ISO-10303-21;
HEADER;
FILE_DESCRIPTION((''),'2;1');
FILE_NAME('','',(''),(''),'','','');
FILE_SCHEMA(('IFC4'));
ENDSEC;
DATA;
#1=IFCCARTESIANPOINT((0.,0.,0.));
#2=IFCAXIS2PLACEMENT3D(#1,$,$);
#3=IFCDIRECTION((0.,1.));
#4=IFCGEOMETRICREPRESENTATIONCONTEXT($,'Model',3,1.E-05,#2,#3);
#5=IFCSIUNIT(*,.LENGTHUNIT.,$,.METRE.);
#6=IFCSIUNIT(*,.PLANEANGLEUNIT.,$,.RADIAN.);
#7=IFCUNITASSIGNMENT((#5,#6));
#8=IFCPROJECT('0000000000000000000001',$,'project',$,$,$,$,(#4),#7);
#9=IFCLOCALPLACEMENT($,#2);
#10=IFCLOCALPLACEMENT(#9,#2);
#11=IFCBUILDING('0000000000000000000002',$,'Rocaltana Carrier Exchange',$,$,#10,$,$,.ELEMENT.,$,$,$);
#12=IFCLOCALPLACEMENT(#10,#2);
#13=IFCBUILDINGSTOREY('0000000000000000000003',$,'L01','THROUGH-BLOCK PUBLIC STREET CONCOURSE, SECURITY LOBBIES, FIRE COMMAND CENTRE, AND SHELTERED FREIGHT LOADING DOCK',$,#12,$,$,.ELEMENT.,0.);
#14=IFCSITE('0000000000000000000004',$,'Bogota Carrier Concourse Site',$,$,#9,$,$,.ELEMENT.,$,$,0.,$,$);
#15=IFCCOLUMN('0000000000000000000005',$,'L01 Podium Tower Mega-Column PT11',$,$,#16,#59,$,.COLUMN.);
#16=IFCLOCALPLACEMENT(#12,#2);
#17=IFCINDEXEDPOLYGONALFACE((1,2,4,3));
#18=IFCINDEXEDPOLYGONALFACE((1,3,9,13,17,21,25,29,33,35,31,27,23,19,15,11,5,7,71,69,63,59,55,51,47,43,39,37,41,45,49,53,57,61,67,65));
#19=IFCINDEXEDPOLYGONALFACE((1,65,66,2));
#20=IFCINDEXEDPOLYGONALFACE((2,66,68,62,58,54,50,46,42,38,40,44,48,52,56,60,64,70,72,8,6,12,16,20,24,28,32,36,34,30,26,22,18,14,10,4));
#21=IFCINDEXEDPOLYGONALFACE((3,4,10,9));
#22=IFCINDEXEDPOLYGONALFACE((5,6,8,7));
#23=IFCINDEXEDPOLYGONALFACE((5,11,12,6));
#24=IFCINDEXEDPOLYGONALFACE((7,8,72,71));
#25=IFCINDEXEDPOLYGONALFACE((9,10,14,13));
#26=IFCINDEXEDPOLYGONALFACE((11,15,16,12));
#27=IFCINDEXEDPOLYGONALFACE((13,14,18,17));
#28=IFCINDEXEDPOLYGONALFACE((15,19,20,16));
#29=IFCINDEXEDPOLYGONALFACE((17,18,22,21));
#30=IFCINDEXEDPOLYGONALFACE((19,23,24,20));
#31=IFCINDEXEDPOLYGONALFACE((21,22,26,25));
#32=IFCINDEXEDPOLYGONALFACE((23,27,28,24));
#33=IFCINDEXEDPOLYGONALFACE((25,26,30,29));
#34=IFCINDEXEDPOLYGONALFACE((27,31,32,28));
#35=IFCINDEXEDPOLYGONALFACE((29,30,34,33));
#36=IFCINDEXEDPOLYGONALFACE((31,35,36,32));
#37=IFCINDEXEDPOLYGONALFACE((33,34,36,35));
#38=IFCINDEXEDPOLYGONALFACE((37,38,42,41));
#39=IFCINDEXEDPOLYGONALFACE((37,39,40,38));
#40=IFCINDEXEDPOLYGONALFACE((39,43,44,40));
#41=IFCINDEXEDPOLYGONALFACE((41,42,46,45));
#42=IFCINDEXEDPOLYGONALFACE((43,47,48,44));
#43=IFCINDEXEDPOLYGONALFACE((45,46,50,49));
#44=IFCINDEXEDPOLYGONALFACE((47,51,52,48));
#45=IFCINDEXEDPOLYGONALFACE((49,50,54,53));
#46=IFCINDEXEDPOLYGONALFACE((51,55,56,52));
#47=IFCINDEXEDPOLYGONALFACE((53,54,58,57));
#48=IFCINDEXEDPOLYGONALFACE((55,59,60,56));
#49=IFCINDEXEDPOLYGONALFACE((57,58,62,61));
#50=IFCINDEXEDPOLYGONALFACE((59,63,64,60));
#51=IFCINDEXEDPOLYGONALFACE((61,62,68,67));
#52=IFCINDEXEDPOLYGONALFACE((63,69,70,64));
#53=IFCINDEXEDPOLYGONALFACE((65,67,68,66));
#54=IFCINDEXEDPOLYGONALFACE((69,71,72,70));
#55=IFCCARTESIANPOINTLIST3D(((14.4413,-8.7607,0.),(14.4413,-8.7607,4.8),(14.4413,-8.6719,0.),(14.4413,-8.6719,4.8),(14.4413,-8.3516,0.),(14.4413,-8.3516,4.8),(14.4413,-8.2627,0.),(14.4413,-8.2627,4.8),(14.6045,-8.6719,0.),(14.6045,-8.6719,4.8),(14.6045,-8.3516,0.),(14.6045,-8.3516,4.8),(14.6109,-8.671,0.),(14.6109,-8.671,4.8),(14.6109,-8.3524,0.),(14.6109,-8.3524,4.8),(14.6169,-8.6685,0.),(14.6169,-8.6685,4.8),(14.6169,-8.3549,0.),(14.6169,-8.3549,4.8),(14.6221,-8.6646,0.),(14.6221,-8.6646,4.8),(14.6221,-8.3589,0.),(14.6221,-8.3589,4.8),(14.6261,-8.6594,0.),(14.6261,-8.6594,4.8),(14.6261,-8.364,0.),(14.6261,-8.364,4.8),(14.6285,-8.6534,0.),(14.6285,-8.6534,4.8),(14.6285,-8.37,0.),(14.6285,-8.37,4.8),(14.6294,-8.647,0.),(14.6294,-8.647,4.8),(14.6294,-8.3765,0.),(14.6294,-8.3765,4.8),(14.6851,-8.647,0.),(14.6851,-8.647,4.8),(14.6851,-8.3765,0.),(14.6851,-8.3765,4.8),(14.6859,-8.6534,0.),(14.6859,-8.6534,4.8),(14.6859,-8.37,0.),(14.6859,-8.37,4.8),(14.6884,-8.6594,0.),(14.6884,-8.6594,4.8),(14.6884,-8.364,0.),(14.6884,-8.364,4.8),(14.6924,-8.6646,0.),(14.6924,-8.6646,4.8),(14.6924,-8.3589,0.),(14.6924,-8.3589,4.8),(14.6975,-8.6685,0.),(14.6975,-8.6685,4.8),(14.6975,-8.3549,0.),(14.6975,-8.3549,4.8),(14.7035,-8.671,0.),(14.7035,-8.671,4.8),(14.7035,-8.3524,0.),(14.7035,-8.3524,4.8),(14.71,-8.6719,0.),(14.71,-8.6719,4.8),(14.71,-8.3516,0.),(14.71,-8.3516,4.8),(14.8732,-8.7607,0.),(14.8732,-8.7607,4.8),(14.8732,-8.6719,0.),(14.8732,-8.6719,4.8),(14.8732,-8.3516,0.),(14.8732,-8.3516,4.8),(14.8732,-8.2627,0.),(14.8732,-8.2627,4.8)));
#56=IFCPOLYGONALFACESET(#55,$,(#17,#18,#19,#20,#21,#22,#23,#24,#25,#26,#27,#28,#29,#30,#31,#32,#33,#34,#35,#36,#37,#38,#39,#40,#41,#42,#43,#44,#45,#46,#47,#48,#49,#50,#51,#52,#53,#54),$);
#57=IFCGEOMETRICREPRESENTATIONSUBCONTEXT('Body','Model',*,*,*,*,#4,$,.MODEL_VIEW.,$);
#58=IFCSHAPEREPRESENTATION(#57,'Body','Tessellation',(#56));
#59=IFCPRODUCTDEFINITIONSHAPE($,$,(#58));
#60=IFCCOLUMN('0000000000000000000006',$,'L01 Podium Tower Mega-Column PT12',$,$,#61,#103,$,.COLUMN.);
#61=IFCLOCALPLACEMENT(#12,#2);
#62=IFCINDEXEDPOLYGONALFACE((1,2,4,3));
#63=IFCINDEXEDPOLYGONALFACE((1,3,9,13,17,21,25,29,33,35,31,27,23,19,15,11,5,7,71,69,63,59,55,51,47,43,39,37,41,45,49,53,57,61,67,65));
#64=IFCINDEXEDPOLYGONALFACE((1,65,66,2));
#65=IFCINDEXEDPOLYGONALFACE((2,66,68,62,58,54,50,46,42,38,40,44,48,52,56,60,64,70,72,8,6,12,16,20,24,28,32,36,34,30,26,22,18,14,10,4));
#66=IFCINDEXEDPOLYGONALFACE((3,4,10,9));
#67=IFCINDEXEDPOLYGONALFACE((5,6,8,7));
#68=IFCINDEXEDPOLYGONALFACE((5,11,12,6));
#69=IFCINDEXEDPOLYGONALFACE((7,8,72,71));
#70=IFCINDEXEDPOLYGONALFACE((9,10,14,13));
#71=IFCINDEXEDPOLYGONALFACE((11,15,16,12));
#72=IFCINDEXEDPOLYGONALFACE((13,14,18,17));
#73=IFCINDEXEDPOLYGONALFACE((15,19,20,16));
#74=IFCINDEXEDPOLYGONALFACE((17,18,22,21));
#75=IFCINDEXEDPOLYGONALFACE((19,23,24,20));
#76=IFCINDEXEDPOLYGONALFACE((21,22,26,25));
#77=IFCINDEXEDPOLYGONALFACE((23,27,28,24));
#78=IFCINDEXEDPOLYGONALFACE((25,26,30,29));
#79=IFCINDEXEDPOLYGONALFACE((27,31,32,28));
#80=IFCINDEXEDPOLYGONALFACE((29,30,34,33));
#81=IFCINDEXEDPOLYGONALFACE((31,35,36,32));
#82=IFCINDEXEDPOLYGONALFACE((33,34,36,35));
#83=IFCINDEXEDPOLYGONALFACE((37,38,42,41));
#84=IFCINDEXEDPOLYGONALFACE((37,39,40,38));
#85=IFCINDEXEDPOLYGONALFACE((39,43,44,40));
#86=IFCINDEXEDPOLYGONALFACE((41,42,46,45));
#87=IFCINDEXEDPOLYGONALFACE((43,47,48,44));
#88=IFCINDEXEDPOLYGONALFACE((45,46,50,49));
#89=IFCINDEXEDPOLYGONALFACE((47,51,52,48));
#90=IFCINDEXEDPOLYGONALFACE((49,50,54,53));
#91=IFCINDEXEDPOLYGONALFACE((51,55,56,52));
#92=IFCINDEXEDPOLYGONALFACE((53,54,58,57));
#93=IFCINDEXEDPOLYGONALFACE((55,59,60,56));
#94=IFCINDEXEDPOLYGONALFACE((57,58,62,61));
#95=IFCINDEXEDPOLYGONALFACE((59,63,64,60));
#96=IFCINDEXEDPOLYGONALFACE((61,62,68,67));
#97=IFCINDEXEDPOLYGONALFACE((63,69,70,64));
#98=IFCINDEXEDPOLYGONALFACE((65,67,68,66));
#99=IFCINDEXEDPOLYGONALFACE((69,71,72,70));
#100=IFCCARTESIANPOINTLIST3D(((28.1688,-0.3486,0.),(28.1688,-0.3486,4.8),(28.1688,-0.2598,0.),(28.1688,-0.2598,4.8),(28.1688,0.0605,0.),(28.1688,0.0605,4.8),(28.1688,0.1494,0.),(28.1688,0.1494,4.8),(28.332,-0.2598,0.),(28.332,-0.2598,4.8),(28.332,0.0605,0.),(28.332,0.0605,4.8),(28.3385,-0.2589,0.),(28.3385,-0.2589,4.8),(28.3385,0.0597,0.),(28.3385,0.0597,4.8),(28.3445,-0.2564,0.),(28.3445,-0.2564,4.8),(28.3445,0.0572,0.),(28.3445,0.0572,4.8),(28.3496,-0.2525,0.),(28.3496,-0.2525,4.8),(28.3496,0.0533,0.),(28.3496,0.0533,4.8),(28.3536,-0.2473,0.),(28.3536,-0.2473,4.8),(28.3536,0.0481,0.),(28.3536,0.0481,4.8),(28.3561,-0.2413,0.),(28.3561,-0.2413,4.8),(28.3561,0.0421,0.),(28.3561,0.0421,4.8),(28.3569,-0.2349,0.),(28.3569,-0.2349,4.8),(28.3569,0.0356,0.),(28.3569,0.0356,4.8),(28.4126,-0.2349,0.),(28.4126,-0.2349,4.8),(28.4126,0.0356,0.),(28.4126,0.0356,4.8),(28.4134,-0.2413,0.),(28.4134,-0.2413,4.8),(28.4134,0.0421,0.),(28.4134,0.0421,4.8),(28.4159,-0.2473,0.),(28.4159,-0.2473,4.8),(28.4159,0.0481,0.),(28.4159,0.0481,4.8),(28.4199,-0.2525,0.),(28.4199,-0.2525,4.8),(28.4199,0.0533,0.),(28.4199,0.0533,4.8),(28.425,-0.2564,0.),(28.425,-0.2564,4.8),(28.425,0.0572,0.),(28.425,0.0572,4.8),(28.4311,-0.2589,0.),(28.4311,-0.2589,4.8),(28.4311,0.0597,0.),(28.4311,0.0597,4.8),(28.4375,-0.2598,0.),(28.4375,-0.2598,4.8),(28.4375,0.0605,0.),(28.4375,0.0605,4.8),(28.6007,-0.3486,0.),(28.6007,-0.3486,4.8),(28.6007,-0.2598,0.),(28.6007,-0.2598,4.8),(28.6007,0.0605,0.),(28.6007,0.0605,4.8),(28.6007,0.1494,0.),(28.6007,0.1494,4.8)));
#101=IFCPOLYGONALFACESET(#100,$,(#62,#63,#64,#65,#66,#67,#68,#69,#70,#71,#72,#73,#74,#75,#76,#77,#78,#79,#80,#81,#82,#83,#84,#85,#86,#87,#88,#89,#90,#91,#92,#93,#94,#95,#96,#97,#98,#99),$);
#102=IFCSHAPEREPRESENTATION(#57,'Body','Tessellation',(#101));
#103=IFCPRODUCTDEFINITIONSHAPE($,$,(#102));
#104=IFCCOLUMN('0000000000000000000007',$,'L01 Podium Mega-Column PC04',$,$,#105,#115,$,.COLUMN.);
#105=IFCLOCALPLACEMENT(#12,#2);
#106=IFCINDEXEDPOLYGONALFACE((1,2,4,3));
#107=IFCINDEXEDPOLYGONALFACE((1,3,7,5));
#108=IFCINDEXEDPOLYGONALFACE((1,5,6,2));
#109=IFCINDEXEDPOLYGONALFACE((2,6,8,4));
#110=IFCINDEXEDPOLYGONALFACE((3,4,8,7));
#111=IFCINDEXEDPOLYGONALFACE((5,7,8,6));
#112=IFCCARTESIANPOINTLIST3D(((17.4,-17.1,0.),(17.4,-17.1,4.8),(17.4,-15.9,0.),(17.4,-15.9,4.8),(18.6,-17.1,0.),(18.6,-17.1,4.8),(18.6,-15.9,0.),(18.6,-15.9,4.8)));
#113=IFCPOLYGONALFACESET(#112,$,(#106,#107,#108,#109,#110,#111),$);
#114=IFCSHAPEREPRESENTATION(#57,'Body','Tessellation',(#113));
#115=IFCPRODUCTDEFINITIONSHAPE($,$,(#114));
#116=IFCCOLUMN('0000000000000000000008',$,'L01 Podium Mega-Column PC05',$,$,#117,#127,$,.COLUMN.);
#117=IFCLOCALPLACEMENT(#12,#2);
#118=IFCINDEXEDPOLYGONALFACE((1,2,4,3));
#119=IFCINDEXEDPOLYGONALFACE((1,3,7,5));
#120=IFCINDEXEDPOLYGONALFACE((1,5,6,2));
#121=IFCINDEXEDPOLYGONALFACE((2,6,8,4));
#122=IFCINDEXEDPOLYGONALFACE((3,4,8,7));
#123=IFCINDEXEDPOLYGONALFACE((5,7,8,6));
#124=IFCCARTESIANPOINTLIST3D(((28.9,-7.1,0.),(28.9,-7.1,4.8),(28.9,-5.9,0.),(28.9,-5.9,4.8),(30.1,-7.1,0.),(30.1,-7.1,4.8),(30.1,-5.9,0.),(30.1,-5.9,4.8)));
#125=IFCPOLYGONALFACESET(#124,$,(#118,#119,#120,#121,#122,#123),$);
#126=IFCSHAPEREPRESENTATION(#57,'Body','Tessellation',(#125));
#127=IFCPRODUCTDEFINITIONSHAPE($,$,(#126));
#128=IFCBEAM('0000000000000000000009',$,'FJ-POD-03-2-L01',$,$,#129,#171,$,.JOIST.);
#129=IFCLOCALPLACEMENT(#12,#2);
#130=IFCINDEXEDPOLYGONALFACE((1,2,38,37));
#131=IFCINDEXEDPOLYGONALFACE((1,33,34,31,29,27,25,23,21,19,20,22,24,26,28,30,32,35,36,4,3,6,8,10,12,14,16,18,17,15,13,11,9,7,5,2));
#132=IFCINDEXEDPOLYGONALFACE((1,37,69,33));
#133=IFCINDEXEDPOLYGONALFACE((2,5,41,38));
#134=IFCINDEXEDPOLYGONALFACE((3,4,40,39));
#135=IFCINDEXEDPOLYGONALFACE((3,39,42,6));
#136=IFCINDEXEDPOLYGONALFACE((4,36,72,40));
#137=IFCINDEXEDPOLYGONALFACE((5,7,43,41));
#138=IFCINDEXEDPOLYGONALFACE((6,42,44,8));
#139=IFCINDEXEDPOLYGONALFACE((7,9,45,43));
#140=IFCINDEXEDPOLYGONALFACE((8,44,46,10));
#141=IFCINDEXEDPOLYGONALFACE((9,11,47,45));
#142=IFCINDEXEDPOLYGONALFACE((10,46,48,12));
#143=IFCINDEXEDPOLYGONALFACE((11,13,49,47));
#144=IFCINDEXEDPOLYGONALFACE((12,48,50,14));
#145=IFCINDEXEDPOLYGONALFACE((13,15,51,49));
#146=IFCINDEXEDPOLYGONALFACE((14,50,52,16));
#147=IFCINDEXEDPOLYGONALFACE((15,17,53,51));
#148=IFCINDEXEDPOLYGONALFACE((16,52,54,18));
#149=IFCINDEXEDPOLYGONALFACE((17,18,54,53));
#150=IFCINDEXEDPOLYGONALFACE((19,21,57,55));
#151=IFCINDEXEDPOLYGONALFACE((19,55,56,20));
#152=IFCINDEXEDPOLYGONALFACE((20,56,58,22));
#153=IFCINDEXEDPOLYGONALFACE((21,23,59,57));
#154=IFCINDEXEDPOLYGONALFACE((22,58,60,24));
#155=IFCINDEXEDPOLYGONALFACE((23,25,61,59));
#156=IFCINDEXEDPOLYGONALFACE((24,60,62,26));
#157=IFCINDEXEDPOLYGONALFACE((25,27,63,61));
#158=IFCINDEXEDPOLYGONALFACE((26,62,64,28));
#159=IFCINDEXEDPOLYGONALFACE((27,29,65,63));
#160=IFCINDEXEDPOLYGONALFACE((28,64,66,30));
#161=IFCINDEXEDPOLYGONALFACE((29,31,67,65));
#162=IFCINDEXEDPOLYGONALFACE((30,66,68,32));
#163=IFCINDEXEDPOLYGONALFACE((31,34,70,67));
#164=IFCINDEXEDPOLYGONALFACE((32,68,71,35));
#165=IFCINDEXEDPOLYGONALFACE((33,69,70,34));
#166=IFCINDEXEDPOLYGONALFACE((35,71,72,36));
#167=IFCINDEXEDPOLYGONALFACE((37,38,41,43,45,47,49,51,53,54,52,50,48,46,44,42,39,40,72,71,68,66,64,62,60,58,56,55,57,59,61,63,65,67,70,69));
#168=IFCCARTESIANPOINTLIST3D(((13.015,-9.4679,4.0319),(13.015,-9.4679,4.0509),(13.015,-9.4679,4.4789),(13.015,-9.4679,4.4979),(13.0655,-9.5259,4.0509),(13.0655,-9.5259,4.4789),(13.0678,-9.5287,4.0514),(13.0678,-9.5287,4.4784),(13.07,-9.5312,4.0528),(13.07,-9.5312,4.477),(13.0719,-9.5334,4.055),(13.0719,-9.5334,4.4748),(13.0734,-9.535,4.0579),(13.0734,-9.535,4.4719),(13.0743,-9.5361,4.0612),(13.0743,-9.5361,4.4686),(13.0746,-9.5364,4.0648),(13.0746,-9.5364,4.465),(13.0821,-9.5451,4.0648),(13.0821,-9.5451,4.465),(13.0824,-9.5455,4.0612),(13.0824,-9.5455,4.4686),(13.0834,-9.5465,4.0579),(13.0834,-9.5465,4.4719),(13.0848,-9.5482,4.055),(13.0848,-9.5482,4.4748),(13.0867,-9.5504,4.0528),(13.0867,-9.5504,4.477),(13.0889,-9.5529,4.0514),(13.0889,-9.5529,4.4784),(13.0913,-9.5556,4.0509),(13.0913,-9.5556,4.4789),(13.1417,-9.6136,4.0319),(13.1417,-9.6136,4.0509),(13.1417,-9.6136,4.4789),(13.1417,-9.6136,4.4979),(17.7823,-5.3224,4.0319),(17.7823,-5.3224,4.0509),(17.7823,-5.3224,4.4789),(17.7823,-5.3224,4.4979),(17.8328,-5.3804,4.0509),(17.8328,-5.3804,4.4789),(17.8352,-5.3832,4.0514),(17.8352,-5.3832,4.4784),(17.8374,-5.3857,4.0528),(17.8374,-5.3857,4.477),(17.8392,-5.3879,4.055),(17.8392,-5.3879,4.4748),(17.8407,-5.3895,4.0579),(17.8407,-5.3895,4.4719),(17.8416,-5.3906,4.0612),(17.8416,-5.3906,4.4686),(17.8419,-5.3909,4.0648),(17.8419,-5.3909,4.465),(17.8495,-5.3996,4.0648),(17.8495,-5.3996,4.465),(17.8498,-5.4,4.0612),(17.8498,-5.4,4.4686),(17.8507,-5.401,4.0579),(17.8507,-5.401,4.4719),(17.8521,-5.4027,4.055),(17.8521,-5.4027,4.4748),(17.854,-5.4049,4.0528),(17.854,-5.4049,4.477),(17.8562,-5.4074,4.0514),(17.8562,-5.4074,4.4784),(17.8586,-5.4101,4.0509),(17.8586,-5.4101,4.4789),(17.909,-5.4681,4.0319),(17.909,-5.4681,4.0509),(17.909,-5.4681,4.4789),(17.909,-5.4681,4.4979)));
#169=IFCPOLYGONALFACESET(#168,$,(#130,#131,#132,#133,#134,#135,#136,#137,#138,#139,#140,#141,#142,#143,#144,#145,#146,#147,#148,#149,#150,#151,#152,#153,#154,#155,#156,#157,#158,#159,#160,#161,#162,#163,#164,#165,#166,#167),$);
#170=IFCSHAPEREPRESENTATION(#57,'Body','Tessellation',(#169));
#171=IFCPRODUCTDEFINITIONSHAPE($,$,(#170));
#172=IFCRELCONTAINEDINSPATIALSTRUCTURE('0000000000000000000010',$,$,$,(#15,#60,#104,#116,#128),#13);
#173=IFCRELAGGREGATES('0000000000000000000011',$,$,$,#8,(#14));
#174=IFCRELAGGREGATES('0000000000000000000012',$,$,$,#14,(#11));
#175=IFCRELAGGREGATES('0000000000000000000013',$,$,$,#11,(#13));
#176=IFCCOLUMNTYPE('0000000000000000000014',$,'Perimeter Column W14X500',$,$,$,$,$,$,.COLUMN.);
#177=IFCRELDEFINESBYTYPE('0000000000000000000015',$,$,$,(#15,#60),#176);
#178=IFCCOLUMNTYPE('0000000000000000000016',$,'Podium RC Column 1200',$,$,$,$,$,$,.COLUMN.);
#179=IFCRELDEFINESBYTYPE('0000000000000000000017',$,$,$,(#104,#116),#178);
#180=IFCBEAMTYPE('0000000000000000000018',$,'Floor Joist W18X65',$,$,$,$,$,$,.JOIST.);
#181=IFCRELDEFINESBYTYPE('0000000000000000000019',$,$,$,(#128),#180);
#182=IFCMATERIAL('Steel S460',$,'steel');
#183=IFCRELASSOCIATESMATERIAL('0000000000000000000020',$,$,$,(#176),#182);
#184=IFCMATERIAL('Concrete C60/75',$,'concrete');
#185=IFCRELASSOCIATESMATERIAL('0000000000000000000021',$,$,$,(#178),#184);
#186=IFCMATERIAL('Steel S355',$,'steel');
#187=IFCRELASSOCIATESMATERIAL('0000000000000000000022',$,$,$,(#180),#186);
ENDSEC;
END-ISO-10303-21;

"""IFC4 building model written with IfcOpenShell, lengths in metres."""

from ifc_helpers import new_model, si_unit, direction, frame, origin, origin_2d, place, context, subcontext, project, spatial, rectangle, i_section, extrude, material, material_profile, profile_set, type_object, element, save


model = new_model("IFC4")

# Units and contexts
model_context = context("Model", 3, precision=1e-05, world=origin(), true_north=direction((0.0, 1.0)))
body_context = subcontext(model_context, "Body", "Model", "MODEL_VIEW")
ifc_project = project(units=[si_unit("LENGTHUNIT", "METRE"), si_unit("PLANEANGLEUNIT", "RADIAN")], contexts=[model_context])

# Site, building, storey
site_placement = place(None, origin())
site = spatial("IfcSite", under=ifc_project, at=site_placement, Name="Bogota Carrier Concourse Site", CompositionType="ELEMENT", RefElevation=0.0)
building_placement = place(site_placement, origin())
building = spatial("IfcBuilding", under=site, at=building_placement, Name="Rocaltana Carrier Exchange", CompositionType="ELEMENT")
storey_placement = place(building_placement, origin())
storey = spatial("IfcBuildingStorey", under=building, at=storey_placement, Name="L01", Description="THROUGH-BLOCK PUBLIC STREET CONCOURSE, SECURITY LOBBIES, FIRE COMMAND CENTRE, AND SHELTERED FREIGHT LOADING DOCK", CompositionType="ELEMENT", Elevation=0.0)

# Columns
ifc_material_1 = material(Name="Steel S460", Category="steel")
ifc_material_profile_1 = material_profile(ifc_material_1, i_section(OverallWidth=0.4319, OverallDepth=0.498, WebThickness=0.0557, FlangeThickness=0.0889, FilletRadius=0.0249, at=origin_2d()), Name="W14X500")
ifc_profile_set_1 = profile_set([ifc_material_profile_1], Name="Steel S460")
column_type_1 = type_object("IfcColumnType", Name="Perimeter Column W14X500", PredefinedType="COLUMN", material=ifc_profile_set_1)
for number, where, z_axis, x_axis, name in (
    (1, (14.6572, -8.5117, 0.0), (0.0, 0.0, 1.0), (1.0, 0.0, 0.0), "L01 Podium Tower Mega-Column PT11"),
    (2, (28.3848, -0.0996, 0.0), (0.0, 0.0, 1.0), (1.0, 0.0, 0.0), "L01 Podium Tower Mega-Column PT12"),
):
    element("IfcColumn", number, at=place(storey_placement, frame(where, z_axis=z_axis, x_axis=x_axis)), inside=storey, type_object=column_type_1, Name=name, PredefinedType="COLUMN", context=body_context, shape_type="SweptSolid", body=[
        extrude(i_section(OverallWidth=0.4319, OverallDepth=0.498, WebThickness=0.0557, FlangeThickness=0.0889, FilletRadius=0.0249, at=origin_2d()), origin(), (0.0, 0.0, 1.0), 4.8),
    ])
ifc_material_2 = material(Name="Concrete C60/75", Category="concrete")
ifc_material_profile_2 = material_profile(ifc_material_2, rectangle(XDim=1.2, YDim=1.2, at=origin_2d()), Name="RC-COL-1200X1200")
ifc_profile_set_2 = profile_set([ifc_material_profile_2], Name="Concrete C60/75")
column_type_2 = type_object("IfcColumnType", Name="Podium RC Column 1200", PredefinedType="COLUMN", material=ifc_profile_set_2)
for number, where, z_axis, x_axis, name in (
    (3, (18.0, -16.5, 0.0), (0.0, 0.0, 1.0), (1.0, 0.0, 0.0), "L01 Podium Mega-Column PC04"),
    (4, (29.5, -6.5, 0.0), (0.0, 0.0, 1.0), (1.0, 0.0, 0.0), "L01 Podium Mega-Column PC05"),
):
    element("IfcColumn", number, at=place(storey_placement, frame(where, z_axis=z_axis, x_axis=x_axis)), inside=storey, type_object=column_type_2, Name=name, PredefinedType="COLUMN", context=body_context, shape_type="SweptSolid", body=[
        extrude(rectangle(XDim=1.2, YDim=1.2, at=origin_2d()), origin(), (0.0, 0.0, 1.0), 4.8),
    ])

# Beam
ifc_material_3 = material(Name="Steel S355", Category="steel")
ifc_material_profile_3 = material_profile(ifc_material_3, i_section(OverallWidth=0.1931, OverallDepth=0.4661, WebThickness=0.0115, FlangeThickness=0.019, FilletRadius=0.0139, at=origin_2d()), Name="W18X65")
ifc_profile_set_3 = profile_set([ifc_material_profile_3], Name="Steel S355")
beam_type_1 = type_object("IfcBeamType", Name="Floor Joist W18X65", PredefinedType="JOIST", material=ifc_profile_set_3)
beam_1_placement = place(storey_placement, frame((13.0784, -9.5408, 4.2649), z_axis=(0.754606, 0.656179, 0.0), x_axis=(-0.656179, 0.754606, 0.0)))
element("IfcBeam", 5, at=beam_1_placement, inside=storey, type_object=beam_type_1, Name="FJ-POD-03-2-L01", PredefinedType="JOIST", context=body_context, shape_type="SweptSolid", body=[
    extrude(i_section(OverallWidth=0.1931, OverallDepth=0.4661, WebThickness=0.0115, FlangeThickness=0.019, FilletRadius=0.0139, at=origin_2d()), origin(), (0.0, 0.0, 1.0), 6.3176),
])

save(model, "model.ifc")
